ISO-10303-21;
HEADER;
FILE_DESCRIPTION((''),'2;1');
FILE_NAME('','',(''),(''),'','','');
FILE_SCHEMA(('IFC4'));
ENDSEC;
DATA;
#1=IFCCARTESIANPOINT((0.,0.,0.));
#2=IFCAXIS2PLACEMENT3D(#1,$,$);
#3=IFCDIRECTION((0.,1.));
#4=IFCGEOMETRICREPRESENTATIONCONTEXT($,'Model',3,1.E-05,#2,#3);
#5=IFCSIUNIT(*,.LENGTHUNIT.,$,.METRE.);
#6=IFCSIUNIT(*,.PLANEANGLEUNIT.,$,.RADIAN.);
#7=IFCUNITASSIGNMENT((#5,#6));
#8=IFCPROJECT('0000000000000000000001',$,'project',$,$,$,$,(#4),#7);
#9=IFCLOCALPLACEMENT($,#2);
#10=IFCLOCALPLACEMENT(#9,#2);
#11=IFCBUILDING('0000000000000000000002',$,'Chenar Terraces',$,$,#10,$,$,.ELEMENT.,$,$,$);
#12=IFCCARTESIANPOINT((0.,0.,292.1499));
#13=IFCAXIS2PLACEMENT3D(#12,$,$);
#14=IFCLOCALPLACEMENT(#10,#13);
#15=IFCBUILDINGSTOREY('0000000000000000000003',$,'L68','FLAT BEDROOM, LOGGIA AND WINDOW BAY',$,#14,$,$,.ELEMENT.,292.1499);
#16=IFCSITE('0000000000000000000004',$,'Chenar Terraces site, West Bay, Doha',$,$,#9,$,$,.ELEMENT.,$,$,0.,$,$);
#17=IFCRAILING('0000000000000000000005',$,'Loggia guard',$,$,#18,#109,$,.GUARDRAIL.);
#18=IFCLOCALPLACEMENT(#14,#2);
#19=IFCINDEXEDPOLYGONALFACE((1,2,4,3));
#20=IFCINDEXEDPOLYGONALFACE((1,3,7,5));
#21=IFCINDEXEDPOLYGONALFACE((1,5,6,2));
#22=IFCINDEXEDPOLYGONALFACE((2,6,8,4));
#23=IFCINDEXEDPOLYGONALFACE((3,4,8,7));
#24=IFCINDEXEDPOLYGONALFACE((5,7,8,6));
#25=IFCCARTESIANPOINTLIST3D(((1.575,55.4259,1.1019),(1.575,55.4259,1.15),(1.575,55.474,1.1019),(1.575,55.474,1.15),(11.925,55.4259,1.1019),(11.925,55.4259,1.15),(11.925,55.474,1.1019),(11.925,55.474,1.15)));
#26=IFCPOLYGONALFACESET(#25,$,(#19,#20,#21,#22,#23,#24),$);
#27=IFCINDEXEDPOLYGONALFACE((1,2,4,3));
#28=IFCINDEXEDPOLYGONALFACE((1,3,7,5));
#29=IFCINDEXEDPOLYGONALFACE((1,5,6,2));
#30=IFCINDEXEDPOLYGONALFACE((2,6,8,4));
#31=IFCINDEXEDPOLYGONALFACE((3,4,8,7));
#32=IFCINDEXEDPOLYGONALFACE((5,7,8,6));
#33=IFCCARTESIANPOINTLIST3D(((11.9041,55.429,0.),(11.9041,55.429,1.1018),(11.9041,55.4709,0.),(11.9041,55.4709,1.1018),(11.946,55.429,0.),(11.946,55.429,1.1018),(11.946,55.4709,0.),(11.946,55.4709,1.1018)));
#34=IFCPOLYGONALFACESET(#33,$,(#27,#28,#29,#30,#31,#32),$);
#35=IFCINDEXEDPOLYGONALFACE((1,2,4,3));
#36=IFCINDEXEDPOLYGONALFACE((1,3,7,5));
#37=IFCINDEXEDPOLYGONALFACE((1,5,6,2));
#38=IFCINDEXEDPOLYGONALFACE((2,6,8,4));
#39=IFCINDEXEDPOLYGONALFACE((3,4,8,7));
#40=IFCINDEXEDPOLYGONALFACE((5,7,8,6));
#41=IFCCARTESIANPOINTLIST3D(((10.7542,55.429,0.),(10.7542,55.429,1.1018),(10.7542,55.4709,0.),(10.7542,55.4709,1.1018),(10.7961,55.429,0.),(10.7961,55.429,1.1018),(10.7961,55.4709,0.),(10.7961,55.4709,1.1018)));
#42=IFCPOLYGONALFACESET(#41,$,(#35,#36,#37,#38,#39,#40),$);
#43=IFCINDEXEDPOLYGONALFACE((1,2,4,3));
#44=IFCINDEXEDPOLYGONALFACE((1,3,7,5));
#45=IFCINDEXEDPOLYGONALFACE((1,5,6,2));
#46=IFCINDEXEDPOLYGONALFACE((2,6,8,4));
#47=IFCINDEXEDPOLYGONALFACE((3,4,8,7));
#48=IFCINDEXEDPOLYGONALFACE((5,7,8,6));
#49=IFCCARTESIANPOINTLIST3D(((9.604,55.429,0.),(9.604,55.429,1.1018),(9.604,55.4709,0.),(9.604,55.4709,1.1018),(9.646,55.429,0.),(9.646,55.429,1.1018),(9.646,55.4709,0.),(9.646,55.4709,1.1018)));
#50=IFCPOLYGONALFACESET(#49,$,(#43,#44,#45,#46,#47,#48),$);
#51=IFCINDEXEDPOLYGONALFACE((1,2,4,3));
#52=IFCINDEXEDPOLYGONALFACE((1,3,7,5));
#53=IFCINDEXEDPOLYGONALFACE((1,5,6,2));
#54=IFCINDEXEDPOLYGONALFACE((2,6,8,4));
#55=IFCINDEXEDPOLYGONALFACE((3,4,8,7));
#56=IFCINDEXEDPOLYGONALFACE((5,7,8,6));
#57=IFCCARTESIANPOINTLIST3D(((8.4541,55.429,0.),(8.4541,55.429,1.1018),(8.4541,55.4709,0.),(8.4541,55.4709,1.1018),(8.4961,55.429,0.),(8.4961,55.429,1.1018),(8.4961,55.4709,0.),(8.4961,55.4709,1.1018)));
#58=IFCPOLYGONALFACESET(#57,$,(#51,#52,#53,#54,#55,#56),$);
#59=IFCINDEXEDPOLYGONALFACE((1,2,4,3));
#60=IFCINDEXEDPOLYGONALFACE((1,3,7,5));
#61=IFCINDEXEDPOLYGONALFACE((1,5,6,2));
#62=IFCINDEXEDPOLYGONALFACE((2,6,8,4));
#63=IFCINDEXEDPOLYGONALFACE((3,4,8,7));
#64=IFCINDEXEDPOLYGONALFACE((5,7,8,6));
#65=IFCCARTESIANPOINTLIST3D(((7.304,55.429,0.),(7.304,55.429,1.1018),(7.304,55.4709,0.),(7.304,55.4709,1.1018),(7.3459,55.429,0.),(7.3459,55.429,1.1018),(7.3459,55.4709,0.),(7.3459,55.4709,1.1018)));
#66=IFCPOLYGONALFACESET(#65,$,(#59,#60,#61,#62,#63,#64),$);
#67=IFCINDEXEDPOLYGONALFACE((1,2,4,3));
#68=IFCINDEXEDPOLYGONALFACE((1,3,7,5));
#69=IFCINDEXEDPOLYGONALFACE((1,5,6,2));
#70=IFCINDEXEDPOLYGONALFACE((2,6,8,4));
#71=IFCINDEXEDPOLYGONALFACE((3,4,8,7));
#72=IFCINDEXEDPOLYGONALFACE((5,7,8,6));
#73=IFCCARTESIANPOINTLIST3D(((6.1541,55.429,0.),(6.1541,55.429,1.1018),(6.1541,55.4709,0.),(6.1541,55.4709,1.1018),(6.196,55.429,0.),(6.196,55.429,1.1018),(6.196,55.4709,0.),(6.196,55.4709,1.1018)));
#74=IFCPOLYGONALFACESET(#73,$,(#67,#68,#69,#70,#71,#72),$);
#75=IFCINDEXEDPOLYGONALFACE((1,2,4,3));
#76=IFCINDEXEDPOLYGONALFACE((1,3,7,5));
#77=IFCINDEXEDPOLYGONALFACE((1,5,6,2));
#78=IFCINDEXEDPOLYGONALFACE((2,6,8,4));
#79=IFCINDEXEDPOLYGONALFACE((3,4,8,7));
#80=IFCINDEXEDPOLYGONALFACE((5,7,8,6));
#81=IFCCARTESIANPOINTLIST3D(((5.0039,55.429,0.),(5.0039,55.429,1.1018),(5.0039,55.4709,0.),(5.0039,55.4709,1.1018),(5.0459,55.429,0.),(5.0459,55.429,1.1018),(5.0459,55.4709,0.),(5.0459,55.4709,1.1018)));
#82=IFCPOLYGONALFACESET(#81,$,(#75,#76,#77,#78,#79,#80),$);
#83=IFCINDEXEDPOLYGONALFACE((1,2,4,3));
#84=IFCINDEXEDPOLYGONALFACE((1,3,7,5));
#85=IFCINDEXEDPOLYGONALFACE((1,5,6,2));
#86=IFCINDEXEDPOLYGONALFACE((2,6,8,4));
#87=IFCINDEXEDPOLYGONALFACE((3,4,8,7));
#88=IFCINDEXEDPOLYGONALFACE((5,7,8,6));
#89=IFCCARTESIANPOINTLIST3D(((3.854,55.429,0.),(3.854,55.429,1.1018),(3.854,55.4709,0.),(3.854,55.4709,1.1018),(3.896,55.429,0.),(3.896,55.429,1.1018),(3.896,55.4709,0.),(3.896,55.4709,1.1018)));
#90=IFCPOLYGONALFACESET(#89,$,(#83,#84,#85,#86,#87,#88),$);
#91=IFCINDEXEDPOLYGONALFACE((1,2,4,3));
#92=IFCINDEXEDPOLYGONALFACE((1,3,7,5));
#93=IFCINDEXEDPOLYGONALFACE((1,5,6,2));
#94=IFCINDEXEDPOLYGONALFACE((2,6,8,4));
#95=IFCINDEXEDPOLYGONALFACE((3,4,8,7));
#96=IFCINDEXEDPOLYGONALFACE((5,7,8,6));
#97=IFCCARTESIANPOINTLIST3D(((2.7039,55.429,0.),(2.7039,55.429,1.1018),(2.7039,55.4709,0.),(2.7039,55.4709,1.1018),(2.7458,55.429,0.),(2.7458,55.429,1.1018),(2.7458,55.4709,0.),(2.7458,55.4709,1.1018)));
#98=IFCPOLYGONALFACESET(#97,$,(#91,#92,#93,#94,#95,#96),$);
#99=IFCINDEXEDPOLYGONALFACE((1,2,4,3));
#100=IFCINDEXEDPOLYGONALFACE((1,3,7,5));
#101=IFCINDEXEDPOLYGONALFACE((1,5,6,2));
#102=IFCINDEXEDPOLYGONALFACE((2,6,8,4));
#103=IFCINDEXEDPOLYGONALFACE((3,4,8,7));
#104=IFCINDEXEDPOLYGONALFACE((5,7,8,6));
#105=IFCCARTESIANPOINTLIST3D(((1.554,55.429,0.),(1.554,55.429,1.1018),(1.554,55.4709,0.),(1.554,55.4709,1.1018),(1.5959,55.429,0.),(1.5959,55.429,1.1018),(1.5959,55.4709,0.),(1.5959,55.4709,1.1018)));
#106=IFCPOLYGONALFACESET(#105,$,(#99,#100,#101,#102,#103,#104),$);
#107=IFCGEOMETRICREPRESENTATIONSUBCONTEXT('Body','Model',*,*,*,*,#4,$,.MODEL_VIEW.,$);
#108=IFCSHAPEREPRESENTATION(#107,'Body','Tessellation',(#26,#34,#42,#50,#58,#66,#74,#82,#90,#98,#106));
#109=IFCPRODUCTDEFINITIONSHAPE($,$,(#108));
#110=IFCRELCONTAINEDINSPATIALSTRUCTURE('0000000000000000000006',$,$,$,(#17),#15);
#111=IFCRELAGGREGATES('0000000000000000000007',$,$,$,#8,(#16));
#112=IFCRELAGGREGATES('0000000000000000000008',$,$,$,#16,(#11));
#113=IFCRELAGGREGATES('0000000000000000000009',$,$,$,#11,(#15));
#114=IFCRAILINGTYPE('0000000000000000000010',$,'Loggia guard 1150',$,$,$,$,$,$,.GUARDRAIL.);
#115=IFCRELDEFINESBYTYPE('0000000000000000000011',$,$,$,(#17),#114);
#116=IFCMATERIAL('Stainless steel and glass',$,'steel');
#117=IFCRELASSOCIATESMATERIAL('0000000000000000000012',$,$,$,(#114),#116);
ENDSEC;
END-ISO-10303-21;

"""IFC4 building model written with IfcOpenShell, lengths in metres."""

from ifc_helpers import new_model, si_unit, direction, frame, origin, origin_2d, place, context, subcontext, project, spatial, rectangle, extrude, material, type_object, element, save


model = new_model("IFC4")

# Units and contexts
model_context = context("Model", 3, precision=1e-05, world=origin(), true_north=direction((0.0, 1.0)))
body_context = subcontext(model_context, "Body", "Model", "MODEL_VIEW")
ifc_project = project(units=[si_unit("LENGTHUNIT", "METRE"), si_unit("PLANEANGLEUNIT", "RADIAN")], contexts=[model_context])

# Site, building, storey
site_placement = place(None, origin())
site = spatial("IfcSite", under=ifc_project, at=site_placement, Name="Chenar Terraces site, West Bay, Doha", CompositionType="ELEMENT", RefElevation=0.0)
building_placement = place(site_placement, origin())
building = spatial("IfcBuilding", under=site, at=building_placement, Name="Chenar Terraces", CompositionType="ELEMENT")
storey_placement = place(building_placement, frame((0.0, 0.0, 292.1499)))
storey = spatial("IfcBuildingStorey", under=building, at=storey_placement, Name="L68", Description="FLAT BEDROOM, LOGGIA AND WINDOW BAY", CompositionType="ELEMENT", Elevation=292.1499)

# Railing
ifc_material_1 = material(Name="Stainless steel and glass", Category="steel")
railing_type_1 = type_object("IfcRailingType", Name="Loggia guard 1150", PredefinedType="GUARDRAIL", material=ifc_material_1)
railing_1_placement = place(storey_placement, frame((11.925, 55.45, 0.0)))
element("IfcRailing", 1, at=railing_1_placement, inside=storey, type_object=railing_type_1, Name="Loggia guard", PredefinedType="GUARDRAIL", context=body_context, shape_type="SweptSolid", body=[
    extrude(rectangle(XDim=0.0481, YDim=0.0481, at=origin_2d()), frame((0.0, 0.0, 1.126), z_axis=(-1.0, 0.0, 0.0), x_axis=(0.0, -1.0, 0.0)), (0.0, 0.0, 1.0), 10.3501),
    extrude(rectangle(XDim=0.042, YDim=0.042, at=origin_2d()), origin(), (0.0, 0.0, 1.0), 1.1018),
    extrude(rectangle(XDim=0.042, YDim=0.042, at=origin_2d()), frame((-1.1499, 0.0, 0.0)), (0.0, 0.0, 1.0), 1.1018),
    extrude(rectangle(XDim=0.042, YDim=0.042, at=origin_2d()), frame((-2.3, 0.0, 0.0)), (0.0, 0.0, 1.0), 1.1018),
    extrude(rectangle(XDim=0.042, YDim=0.042, at=origin_2d()), frame((-3.45, 0.0, 0.0)), (0.0, 0.0, 1.0), 1.1018),
    extrude(rectangle(XDim=0.042, YDim=0.042, at=origin_2d()), frame((-4.6001, 0.0, 0.0)), (0.0, 0.0, 1.0), 1.1018),
    extrude(rectangle(XDim=0.042, YDim=0.042, at=origin_2d()), frame((-5.75, 0.0, 0.0)), (0.0, 0.0, 1.0), 1.1018),
    extrude(rectangle(XDim=0.042, YDim=0.042, at=origin_2d()), frame((-6.9001, 0.0, 0.0)), (0.0, 0.0, 1.0), 1.1018),
    extrude(rectangle(XDim=0.042, YDim=0.042, at=origin_2d()), frame((-8.05, 0.0, 0.0)), (0.0, 0.0, 1.0), 1.1018),
    extrude(rectangle(XDim=0.042, YDim=0.042, at=origin_2d()), frame((-9.2002, 0.0, 0.0)), (0.0, 0.0, 1.0), 1.1018),
    extrude(rectangle(XDim=0.042, YDim=0.042, at=origin_2d()), frame((-10.3501, 0.0, 0.0)), (0.0, 0.0, 1.0), 1.1018),
])

save(model, "model.ifc")
